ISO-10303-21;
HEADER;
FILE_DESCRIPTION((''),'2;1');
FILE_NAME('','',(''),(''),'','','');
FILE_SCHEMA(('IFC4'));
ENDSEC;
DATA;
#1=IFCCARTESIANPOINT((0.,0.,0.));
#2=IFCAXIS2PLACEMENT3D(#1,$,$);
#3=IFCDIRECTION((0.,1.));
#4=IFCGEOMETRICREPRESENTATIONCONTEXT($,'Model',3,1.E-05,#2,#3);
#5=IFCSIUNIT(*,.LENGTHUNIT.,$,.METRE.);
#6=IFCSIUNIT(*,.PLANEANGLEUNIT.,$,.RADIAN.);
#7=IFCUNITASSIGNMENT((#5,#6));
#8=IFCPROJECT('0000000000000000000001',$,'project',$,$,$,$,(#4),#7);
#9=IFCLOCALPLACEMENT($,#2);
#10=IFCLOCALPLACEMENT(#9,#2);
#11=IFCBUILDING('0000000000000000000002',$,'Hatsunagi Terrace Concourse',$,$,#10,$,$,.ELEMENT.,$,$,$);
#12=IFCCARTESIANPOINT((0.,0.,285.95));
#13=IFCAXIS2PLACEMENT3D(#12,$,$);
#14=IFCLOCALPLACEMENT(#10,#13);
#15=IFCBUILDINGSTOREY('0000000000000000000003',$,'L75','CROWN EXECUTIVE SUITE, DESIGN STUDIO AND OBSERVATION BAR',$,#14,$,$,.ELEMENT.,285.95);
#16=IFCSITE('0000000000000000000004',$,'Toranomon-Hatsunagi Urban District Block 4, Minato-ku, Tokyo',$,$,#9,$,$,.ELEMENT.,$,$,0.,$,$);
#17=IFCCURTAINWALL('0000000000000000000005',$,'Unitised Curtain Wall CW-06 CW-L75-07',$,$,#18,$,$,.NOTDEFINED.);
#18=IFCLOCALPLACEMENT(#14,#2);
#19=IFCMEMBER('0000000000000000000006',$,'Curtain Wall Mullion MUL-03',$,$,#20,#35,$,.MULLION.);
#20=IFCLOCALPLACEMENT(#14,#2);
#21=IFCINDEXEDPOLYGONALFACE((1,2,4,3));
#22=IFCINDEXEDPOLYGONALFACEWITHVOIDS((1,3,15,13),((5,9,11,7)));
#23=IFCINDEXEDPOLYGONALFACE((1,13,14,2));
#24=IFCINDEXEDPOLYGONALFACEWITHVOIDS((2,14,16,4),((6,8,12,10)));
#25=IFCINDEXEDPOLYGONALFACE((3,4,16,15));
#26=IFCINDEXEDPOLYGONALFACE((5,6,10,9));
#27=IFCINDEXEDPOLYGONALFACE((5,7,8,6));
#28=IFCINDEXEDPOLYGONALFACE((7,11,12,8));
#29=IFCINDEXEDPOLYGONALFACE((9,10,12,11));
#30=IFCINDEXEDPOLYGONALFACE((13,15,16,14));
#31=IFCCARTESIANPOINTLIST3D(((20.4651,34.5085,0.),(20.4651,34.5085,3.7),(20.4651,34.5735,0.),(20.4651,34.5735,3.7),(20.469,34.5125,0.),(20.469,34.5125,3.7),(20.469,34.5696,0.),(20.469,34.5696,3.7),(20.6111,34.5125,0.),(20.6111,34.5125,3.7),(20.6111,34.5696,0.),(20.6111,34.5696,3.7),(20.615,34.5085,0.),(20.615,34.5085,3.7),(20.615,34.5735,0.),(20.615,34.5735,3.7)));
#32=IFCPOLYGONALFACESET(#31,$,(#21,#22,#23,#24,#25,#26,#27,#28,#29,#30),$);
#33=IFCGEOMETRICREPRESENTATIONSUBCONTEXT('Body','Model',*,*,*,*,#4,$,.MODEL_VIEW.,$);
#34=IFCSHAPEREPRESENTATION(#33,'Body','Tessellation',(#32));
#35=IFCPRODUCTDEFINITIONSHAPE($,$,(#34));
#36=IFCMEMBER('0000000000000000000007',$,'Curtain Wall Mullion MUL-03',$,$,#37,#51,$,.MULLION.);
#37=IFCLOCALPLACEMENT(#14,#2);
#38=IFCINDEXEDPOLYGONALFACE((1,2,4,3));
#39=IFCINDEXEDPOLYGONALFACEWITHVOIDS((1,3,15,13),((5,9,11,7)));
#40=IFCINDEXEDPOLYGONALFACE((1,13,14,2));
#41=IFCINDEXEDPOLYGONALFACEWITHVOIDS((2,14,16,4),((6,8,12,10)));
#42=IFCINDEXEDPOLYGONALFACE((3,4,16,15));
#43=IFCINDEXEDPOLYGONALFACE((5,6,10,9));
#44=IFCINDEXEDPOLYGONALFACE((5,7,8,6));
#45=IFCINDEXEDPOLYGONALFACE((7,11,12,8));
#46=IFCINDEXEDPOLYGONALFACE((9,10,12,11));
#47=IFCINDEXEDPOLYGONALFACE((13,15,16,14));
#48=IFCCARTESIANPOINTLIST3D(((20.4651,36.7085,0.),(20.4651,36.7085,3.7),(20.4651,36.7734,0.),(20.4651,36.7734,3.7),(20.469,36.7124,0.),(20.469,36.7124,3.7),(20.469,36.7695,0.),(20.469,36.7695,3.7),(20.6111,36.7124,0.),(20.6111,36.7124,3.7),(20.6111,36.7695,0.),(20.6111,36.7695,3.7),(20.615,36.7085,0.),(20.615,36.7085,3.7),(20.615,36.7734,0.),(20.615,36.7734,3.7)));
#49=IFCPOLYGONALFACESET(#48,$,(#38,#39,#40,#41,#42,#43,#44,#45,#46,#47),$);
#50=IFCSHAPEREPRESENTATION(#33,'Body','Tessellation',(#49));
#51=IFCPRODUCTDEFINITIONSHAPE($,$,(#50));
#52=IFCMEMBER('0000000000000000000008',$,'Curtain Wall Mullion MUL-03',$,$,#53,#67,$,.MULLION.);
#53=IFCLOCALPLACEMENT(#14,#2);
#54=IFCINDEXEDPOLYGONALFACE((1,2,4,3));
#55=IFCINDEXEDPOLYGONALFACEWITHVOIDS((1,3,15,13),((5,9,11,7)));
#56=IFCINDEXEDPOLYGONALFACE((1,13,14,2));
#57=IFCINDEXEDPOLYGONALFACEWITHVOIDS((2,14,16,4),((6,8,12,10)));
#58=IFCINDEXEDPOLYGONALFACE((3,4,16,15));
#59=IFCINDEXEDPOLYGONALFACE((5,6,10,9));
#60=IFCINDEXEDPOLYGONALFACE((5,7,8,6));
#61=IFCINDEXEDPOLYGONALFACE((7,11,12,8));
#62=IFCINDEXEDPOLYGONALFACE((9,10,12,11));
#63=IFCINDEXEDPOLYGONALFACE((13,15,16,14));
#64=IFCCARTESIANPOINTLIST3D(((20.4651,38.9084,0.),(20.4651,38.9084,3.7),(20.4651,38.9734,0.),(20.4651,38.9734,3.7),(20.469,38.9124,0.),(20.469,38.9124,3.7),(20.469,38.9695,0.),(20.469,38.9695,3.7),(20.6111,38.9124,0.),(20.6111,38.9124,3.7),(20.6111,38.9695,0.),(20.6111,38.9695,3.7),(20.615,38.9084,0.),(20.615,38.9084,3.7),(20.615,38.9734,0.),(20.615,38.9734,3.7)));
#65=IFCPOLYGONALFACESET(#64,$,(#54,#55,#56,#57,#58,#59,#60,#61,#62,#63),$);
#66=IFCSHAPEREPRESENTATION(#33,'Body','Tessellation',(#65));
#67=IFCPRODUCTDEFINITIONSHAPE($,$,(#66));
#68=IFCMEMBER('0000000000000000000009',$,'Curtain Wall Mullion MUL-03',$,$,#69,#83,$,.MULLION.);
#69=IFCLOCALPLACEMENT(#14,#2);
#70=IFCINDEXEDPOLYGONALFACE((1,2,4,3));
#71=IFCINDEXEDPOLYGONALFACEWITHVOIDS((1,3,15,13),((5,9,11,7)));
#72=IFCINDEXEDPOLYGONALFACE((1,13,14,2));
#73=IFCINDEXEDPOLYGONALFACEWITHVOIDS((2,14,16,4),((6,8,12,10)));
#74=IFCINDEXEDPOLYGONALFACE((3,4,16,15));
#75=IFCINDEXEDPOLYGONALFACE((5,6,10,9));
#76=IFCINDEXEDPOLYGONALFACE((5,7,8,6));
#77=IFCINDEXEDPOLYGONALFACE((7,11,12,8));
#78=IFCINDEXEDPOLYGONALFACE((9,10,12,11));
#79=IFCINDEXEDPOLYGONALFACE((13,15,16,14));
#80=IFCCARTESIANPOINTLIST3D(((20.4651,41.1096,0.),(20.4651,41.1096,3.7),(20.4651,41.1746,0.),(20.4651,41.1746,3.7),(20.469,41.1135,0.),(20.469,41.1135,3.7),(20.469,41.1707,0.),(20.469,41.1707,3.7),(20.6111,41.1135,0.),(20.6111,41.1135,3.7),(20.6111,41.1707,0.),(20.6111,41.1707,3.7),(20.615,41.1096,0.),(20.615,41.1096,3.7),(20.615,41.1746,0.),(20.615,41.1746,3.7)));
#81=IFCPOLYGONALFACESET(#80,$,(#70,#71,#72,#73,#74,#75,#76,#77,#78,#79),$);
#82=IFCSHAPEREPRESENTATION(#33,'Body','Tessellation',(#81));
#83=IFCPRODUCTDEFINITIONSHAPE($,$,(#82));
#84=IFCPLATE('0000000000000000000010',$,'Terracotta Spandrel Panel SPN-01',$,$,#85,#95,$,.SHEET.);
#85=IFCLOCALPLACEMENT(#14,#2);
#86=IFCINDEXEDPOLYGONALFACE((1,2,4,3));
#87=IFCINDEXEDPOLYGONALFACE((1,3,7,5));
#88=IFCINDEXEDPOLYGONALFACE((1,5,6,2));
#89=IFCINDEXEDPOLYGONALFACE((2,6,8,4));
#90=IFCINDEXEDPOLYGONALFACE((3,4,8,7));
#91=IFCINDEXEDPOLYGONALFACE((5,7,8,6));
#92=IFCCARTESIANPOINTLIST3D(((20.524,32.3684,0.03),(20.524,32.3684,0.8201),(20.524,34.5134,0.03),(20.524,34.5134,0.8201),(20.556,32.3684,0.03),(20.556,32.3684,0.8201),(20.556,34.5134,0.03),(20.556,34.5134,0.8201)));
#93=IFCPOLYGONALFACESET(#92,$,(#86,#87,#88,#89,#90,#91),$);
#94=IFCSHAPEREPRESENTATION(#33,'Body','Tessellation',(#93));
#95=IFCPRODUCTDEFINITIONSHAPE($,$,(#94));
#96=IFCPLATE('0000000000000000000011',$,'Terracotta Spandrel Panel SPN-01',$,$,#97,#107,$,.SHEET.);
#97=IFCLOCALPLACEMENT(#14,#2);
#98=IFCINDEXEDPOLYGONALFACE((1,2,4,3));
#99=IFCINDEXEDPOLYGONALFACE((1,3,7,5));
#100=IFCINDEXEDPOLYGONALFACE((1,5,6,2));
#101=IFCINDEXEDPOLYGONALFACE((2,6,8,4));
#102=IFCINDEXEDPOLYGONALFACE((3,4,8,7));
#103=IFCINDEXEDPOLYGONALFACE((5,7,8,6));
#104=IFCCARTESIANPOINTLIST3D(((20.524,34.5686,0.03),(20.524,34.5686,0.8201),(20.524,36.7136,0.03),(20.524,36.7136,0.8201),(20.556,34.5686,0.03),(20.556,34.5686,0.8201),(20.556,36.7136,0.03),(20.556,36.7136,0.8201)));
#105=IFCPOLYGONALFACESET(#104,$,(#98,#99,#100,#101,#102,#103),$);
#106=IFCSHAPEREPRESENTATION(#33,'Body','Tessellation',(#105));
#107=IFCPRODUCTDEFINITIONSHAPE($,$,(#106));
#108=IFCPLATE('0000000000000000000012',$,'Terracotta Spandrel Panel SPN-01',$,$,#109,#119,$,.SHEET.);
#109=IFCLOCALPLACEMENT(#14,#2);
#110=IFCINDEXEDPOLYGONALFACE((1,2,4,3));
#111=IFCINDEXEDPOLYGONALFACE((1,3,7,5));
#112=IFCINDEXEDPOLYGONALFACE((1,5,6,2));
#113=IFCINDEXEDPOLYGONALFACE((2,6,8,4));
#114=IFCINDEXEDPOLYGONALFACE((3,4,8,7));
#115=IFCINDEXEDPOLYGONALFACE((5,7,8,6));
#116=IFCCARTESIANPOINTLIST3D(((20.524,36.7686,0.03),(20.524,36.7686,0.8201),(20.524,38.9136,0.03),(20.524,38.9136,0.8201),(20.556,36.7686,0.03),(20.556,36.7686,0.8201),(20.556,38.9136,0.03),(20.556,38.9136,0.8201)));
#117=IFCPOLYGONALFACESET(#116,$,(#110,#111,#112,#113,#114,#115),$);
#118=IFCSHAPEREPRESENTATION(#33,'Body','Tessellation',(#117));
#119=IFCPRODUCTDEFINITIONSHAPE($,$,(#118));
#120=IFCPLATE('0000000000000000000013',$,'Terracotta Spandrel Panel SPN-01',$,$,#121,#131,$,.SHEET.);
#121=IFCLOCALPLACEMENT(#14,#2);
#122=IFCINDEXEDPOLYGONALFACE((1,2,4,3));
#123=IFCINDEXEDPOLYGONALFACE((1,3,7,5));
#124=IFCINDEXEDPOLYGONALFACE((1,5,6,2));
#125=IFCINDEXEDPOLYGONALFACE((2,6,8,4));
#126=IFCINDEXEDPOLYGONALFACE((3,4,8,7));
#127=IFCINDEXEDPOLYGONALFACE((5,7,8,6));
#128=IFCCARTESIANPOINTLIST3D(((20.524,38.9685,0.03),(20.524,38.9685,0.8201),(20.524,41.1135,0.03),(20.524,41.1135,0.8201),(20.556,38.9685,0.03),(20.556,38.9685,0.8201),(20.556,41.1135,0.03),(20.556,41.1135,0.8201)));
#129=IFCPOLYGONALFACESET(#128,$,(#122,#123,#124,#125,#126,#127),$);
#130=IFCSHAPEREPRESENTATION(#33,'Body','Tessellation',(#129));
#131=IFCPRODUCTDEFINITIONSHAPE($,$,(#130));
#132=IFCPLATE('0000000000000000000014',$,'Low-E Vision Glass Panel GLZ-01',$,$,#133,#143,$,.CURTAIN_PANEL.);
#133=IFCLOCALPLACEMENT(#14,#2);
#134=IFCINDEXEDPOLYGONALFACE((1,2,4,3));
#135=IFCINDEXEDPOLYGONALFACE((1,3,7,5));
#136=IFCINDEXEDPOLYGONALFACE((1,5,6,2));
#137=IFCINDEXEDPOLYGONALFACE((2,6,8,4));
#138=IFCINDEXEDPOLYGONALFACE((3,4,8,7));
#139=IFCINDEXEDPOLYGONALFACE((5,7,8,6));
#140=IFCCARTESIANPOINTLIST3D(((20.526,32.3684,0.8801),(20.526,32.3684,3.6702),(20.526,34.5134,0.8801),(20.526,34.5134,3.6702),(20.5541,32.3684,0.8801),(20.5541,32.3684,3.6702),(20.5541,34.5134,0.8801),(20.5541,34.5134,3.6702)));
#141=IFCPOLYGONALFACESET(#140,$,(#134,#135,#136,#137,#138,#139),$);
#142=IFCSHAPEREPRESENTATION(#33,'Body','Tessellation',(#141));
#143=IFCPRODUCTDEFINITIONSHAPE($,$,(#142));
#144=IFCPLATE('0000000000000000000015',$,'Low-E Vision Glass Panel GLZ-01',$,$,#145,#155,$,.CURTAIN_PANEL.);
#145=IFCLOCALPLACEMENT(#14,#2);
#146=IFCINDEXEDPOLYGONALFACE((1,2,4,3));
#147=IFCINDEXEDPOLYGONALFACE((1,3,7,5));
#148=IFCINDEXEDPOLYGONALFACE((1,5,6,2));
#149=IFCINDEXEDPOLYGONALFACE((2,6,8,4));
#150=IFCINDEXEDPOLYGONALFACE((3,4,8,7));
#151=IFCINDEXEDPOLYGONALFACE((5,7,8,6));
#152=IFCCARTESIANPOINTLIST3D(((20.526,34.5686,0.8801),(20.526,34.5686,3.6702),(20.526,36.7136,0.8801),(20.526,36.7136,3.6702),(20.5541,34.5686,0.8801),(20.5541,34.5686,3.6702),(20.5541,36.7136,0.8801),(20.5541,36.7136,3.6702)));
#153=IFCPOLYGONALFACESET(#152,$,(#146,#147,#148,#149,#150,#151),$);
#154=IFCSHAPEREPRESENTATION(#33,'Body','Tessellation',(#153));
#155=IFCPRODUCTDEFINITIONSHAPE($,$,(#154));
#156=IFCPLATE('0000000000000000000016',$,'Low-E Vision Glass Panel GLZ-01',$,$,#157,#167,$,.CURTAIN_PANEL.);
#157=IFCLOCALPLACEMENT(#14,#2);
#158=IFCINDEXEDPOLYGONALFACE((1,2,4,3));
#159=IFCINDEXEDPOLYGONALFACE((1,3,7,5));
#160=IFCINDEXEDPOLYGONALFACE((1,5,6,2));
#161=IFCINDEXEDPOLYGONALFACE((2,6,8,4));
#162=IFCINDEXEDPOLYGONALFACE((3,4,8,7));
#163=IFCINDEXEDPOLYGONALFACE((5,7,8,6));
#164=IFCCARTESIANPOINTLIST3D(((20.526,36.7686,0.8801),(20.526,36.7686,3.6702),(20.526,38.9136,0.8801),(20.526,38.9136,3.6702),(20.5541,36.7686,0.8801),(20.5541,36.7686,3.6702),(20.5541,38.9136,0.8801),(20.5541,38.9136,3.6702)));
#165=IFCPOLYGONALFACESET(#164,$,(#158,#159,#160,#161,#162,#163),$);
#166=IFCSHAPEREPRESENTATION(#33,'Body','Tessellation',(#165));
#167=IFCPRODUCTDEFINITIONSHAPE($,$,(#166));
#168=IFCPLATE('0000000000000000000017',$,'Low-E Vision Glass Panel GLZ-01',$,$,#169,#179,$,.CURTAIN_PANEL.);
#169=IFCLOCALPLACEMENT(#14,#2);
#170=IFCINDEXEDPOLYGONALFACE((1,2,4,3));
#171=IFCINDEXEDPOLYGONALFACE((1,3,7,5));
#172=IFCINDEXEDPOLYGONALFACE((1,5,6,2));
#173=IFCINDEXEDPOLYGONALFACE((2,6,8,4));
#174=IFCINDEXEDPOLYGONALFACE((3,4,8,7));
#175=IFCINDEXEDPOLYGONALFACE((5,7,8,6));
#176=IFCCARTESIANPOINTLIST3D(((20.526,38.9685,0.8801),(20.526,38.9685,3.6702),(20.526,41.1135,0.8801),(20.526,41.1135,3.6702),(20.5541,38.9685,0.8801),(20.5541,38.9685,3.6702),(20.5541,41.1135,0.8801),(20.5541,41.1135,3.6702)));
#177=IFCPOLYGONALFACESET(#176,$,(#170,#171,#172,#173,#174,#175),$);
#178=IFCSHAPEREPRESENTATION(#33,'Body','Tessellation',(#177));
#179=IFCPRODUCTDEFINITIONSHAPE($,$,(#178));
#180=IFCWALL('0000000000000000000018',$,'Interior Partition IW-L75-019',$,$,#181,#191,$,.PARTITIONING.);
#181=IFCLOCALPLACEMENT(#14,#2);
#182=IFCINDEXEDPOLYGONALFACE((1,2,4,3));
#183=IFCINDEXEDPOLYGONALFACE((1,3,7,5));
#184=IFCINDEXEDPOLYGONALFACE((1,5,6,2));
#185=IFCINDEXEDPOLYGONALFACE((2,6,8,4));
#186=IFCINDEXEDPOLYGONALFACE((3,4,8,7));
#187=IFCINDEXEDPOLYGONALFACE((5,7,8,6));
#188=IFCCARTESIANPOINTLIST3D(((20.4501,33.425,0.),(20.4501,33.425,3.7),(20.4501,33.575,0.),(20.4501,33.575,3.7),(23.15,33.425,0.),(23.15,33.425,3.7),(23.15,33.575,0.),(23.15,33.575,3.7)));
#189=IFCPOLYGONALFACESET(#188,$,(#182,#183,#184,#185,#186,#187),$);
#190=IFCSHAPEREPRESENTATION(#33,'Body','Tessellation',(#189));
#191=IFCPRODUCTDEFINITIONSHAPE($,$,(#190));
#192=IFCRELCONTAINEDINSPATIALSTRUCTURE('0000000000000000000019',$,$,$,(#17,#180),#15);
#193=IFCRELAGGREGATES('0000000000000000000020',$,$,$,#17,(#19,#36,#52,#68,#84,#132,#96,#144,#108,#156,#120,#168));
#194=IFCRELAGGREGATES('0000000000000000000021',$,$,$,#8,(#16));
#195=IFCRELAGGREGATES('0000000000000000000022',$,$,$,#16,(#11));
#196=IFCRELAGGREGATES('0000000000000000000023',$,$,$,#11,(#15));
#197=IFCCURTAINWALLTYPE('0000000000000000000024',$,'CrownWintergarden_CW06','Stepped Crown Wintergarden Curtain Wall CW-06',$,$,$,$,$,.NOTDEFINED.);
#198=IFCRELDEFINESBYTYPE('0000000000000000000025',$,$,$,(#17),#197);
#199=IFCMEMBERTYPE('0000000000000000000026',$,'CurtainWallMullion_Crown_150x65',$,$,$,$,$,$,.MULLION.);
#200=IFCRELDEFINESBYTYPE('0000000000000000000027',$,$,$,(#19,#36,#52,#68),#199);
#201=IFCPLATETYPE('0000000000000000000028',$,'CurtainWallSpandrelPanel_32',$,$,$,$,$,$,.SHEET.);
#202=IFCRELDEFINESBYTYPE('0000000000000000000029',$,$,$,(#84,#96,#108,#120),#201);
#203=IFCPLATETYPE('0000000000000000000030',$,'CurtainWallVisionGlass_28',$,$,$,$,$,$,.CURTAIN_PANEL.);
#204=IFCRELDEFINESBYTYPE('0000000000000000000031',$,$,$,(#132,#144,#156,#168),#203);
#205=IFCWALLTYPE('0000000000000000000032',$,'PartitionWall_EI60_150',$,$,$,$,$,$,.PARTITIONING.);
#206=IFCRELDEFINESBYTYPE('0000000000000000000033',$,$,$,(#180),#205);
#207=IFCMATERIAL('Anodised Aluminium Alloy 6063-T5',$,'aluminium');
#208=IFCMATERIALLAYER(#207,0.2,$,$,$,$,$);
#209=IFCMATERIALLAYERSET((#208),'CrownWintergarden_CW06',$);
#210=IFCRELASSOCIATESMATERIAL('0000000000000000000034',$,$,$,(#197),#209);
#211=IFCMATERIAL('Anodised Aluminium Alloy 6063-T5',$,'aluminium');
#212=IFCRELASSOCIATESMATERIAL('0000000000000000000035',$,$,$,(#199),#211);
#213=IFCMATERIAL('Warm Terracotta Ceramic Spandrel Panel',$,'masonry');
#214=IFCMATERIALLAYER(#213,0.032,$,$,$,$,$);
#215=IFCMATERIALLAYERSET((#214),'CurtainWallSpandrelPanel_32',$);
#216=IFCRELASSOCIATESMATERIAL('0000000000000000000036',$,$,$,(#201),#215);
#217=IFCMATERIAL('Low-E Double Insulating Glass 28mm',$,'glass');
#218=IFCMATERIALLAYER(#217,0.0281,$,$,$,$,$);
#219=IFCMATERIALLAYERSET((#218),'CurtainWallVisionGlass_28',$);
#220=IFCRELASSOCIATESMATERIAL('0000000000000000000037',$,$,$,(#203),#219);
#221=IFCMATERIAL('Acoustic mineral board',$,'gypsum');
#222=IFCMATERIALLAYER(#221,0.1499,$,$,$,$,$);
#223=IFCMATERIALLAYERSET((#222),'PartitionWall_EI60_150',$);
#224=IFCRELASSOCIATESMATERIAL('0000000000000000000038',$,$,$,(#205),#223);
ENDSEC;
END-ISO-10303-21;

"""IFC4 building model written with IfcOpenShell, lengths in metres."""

from ifc_helpers import new_model, si_unit, direction, frame, frame_2d, origin, origin_2d, place, context, subcontext, project, spatial, rectangle, hollow_rectangle, extrude, material, layer, layer_set, material_profile, profile_set, type_object, element, aggregate, save


model = new_model("IFC4")

# Units and contexts
model_context = context("Model", 3, precision=1e-05, world=origin(), true_north=direction((0.0, 1.0)))
body_context = subcontext(model_context, "Body", "Model", "MODEL_VIEW")
ifc_project = project(units=[si_unit("LENGTHUNIT", "METRE"), si_unit("PLANEANGLEUNIT", "RADIAN")], contexts=[model_context])

# Site, building, storey
site_placement = place(None, origin())
site = spatial("IfcSite", under=ifc_project, at=site_placement, Name="Toranomon-Hatsunagi Urban District Block 4, Minato-ku, Tokyo", CompositionType="ELEMENT", RefElevation=0.0)
building_placement = place(site_placement, origin())
building = spatial("IfcBuilding", under=site, at=building_placement, Name="Hatsunagi Terrace Concourse", CompositionType="ELEMENT")
storey_placement = place(building_placement, frame((0.0, 0.0, 285.95)))
storey = spatial("IfcBuildingStorey", under=building, at=storey_placement, Name="L75", Description="CROWN EXECUTIVE SUITE, DESIGN STUDIO AND OBSERVATION BAR", CompositionType="ELEMENT", Elevation=285.95)

# Curtain wall, members, plates
ifc_material_1 = material(Name="Anodised Aluminium Alloy 6063-T5", Category="aluminium")
ifc_layer_1 = layer(ifc_material_1, 0.2)
ifc_layer_set_1 = layer_set([ifc_layer_1], Name="CrownWintergarden_CW06")
curtain_wall_type = type_object("IfcCurtainWallType", Name="CrownWintergarden_CW06", Description="Stepped Crown Wintergarden Curtain Wall CW-06", PredefinedType="NOTDEFINED", material=ifc_layer_set_1)
curtain_wall_placement = place(storey_placement, origin())
curtain_wall = element("IfcCurtainWall", 1, at=curtain_wall_placement, inside=storey, type_object=curtain_wall_type, Name="Unitised Curtain Wall CW-06 CW-L75-07", PredefinedType="NOTDEFINED")
ifc_material_2 = material(Name="Anodised Aluminium Alloy 6063-T5", Category="aluminium")
ifc_material_profile = material_profile(ifc_material_2, hollow_rectangle(XDim=0.0649, YDim=0.1499, WallThickness=0.0039, at=origin_2d()), Name="ALU-MUL-150x65x4")
ifc_profile_set = profile_set([ifc_material_profile], Name="Anodised Aluminium Alloy 6063-T5")
member_type = type_object("IfcMemberType", Name="CurtainWallMullion_Crown_150x65", PredefinedType="MULLION", material=ifc_profile_set)
member_1_placement = place(storey_placement, frame((20.54, 34.541, 0.0), z_axis=(0.0, 0.0, 1.0), x_axis=(0.0, 1.0, 0.0)))
member_1 = element("IfcMember", 2, at=member_1_placement, type_object=member_type, Name="Curtain Wall Mullion MUL-03", PredefinedType="MULLION", context=body_context, shape_type="SweptSolid", body=[
    extrude(hollow_rectangle(XDim=0.0649, YDim=0.1499, WallThickness=0.0039, at=origin_2d()), origin(), (0.0, 0.0, 1.0), 3.7),
])
member_2_placement = place(storey_placement, frame((20.54, 36.741, 0.0), z_axis=(0.0, 0.0, 1.0), x_axis=(0.0, 1.0, 0.0)))
member_2 = element("IfcMember", 3, at=member_2_placement, type_object=member_type, Name="Curtain Wall Mullion MUL-03", PredefinedType="MULLION", context=body_context, shape_type="SweptSolid", body=[
    extrude(hollow_rectangle(XDim=0.0649, YDim=0.1499, WallThickness=0.0039, at=origin_2d()), origin(), (0.0, 0.0, 1.0), 3.7),
])
member_3_placement = place(storey_placement, frame((20.54, 38.9409, 0.0), z_axis=(0.0, 0.0, 1.0), x_axis=(0.0, 1.0, 0.0)))
member_3 = element("IfcMember", 4, at=member_3_placement, type_object=member_type, Name="Curtain Wall Mullion MUL-03", PredefinedType="MULLION", context=body_context, shape_type="SweptSolid", body=[
    extrude(hollow_rectangle(XDim=0.0649, YDim=0.1499, WallThickness=0.0039, at=origin_2d()), origin(), (0.0, 0.0, 1.0), 3.7),
])
member_4_placement = place(storey_placement, frame((20.54, 41.1421, 0.0), z_axis=(0.0, 0.0, 1.0), x_axis=(0.0, 1.0, 0.0)))
member_4 = element("IfcMember", 5, at=member_4_placement, type_object=member_type, Name="Curtain Wall Mullion MUL-03", PredefinedType="MULLION", context=body_context, shape_type="SweptSolid", body=[
    extrude(hollow_rectangle(XDim=0.0649, YDim=0.1499, WallThickness=0.0039, at=origin_2d()), origin(), (0.0, 0.0, 1.0), 3.7),
])
ifc_material_3 = material(Name="Warm Terracotta Ceramic Spandrel Panel", Category="masonry")
ifc_layer_2 = layer(ifc_material_3, 0.032)
ifc_layer_set_2 = layer_set([ifc_layer_2], Name="CurtainWallSpandrelPanel_32")
plate_type_1 = type_object("IfcPlateType", Name="CurtainWallSpandrelPanel_32", PredefinedType="SHEET", material=ifc_layer_set_2)
plate_1_placement = place(storey_placement, frame((20.54, 33.4409, 0.03), z_axis=(0.0, 0.0, 1.0), x_axis=(0.0, 1.0, 0.0)))
plate_1 = element("IfcPlate", 6, at=plate_1_placement, type_object=plate_type_1, Name="Terracotta Spandrel Panel SPN-01", PredefinedType="SHEET", context=body_context, shape_type="SweptSolid", body=[
    extrude(rectangle(XDim=2.145, YDim=0.032, at=origin_2d()), origin(), (0.0, 0.0, 1.0), 0.79),
])
plate_2_placement = place(storey_placement, frame((20.54, 35.6411, 0.03), z_axis=(0.0, 0.0, 1.0), x_axis=(0.0, 1.0, 0.0)))
plate_2 = element("IfcPlate", 7, at=plate_2_placement, type_object=plate_type_1, Name="Terracotta Spandrel Panel SPN-01", PredefinedType="SHEET", context=body_context, shape_type="SweptSolid", body=[
    extrude(rectangle(XDim=2.145, YDim=0.032, at=origin_2d()), origin(), (0.0, 0.0, 1.0), 0.79),
])
plate_3_placement = place(storey_placement, frame((20.54, 37.8411, 0.03), z_axis=(0.0, 0.0, 1.0), x_axis=(0.0, 1.0, 0.0)))
plate_3 = element("IfcPlate", 8, at=plate_3_placement, type_object=plate_type_1, Name="Terracotta Spandrel Panel SPN-01", PredefinedType="SHEET", context=body_context, shape_type="SweptSolid", body=[
    extrude(rectangle(XDim=2.145, YDim=0.032, at=origin_2d()), origin(), (0.0, 0.0, 1.0), 0.79),
])
plate_4_placement = place(storey_placement, frame((20.54, 40.041, 0.03), z_axis=(0.0, 0.0, 1.0), x_axis=(0.0, 1.0, 0.0)))
plate_4 = element("IfcPlate", 9, at=plate_4_placement, type_object=plate_type_1, Name="Terracotta Spandrel Panel SPN-01", PredefinedType="SHEET", context=body_context, shape_type="SweptSolid", body=[
    extrude(rectangle(XDim=2.145, YDim=0.032, at=origin_2d()), origin(), (0.0, 0.0, 1.0), 0.79),
])
ifc_material_4 = material(Name="Low-E Double Insulating Glass 28mm", Category="glass")
ifc_layer_3 = layer(ifc_material_4, 0.0281)
ifc_layer_set_3 = layer_set([ifc_layer_3], Name="CurtainWallVisionGlass_28")
plate_type_2 = type_object("IfcPlateType", Name="CurtainWallVisionGlass_28", PredefinedType="CURTAIN_PANEL", material=ifc_layer_set_3)
plate_5_placement = place(storey_placement, frame((20.54, 33.4409, 0.8801), z_axis=(0.0, 0.0, 1.0), x_axis=(0.0, 1.0, 0.0)))
plate_5 = element("IfcPlate", 10, at=plate_5_placement, type_object=plate_type_2, Name="Low-E Vision Glass Panel GLZ-01", PredefinedType="CURTAIN_PANEL", context=body_context, shape_type="SweptSolid", body=[
    extrude(rectangle(XDim=2.145, YDim=0.0281, at=origin_2d()), origin(), (0.0, 0.0, 1.0), 2.79),
])
plate_6_placement = place(storey_placement, frame((20.54, 35.6411, 0.8801), z_axis=(0.0, 0.0, 1.0), x_axis=(0.0, 1.0, 0.0)))
plate_6 = element("IfcPlate", 11, at=plate_6_placement, type_object=plate_type_2, Name="Low-E Vision Glass Panel GLZ-01", PredefinedType="CURTAIN_PANEL", context=body_context, shape_type="SweptSolid", body=[
    extrude(rectangle(XDim=2.145, YDim=0.0281, at=origin_2d()), origin(), (0.0, 0.0, 1.0), 2.79),
])
plate_7_placement = place(storey_placement, frame((20.54, 37.8411, 0.8801), z_axis=(0.0, 0.0, 1.0), x_axis=(0.0, 1.0, 0.0)))
plate_7 = element("IfcPlate", 12, at=plate_7_placement, type_object=plate_type_2, Name="Low-E Vision Glass Panel GLZ-01", PredefinedType="CURTAIN_PANEL", context=body_context, shape_type="SweptSolid", body=[
    extrude(rectangle(XDim=2.145, YDim=0.0281, at=origin_2d()), origin(), (0.0, 0.0, 1.0), 2.79),
])
plate_8_placement = place(storey_placement, frame((20.54, 40.041, 0.8801), z_axis=(0.0, 0.0, 1.0), x_axis=(0.0, 1.0, 0.0)))
plate_8 = element("IfcPlate", 13, at=plate_8_placement, type_object=plate_type_2, Name="Low-E Vision Glass Panel GLZ-01", PredefinedType="CURTAIN_PANEL", context=body_context, shape_type="SweptSolid", body=[
    extrude(rectangle(XDim=2.145, YDim=0.0281, at=origin_2d()), origin(), (0.0, 0.0, 1.0), 2.79),
])
aggregate(curtain_wall, [member_1, member_2, member_3, member_4, plate_1, plate_5, plate_2, plate_6, plate_3, plate_7, plate_4, plate_8])

# Wall
ifc_material_5 = material(Name="Acoustic mineral board", Category="gypsum")
ifc_layer_4 = layer(ifc_material_5, 0.1499)
ifc_layer_set_4 = layer_set([ifc_layer_4], Name="PartitionWall_EI60_150")
wall_type = type_object("IfcWallType", Name="PartitionWall_EI60_150", PredefinedType="PARTITIONING", material=ifc_layer_set_4)
for number, where, z_axis, x_axis, name in (
    (14, (20.45, 33.5, 0.0), (0.0, 0.0, 1.0), (1.0, 0.0, 0.0), "Interior Partition IW-L75-019"),
):
    element("IfcWall", number, at=place(storey_placement, frame(where, z_axis=z_axis, x_axis=x_axis)), inside=storey, type_object=wall_type, Name=name, PredefinedType="PARTITIONING", context=body_context, shape_type="SweptSolid", body=[
        extrude(rectangle(XDim=2.7, YDim=0.1499, at=frame_2d((1.3501, 0.0))), origin(), (0.0, 0.0, 1.0), 3.7),
    ])

save(model, "model.ifc")
